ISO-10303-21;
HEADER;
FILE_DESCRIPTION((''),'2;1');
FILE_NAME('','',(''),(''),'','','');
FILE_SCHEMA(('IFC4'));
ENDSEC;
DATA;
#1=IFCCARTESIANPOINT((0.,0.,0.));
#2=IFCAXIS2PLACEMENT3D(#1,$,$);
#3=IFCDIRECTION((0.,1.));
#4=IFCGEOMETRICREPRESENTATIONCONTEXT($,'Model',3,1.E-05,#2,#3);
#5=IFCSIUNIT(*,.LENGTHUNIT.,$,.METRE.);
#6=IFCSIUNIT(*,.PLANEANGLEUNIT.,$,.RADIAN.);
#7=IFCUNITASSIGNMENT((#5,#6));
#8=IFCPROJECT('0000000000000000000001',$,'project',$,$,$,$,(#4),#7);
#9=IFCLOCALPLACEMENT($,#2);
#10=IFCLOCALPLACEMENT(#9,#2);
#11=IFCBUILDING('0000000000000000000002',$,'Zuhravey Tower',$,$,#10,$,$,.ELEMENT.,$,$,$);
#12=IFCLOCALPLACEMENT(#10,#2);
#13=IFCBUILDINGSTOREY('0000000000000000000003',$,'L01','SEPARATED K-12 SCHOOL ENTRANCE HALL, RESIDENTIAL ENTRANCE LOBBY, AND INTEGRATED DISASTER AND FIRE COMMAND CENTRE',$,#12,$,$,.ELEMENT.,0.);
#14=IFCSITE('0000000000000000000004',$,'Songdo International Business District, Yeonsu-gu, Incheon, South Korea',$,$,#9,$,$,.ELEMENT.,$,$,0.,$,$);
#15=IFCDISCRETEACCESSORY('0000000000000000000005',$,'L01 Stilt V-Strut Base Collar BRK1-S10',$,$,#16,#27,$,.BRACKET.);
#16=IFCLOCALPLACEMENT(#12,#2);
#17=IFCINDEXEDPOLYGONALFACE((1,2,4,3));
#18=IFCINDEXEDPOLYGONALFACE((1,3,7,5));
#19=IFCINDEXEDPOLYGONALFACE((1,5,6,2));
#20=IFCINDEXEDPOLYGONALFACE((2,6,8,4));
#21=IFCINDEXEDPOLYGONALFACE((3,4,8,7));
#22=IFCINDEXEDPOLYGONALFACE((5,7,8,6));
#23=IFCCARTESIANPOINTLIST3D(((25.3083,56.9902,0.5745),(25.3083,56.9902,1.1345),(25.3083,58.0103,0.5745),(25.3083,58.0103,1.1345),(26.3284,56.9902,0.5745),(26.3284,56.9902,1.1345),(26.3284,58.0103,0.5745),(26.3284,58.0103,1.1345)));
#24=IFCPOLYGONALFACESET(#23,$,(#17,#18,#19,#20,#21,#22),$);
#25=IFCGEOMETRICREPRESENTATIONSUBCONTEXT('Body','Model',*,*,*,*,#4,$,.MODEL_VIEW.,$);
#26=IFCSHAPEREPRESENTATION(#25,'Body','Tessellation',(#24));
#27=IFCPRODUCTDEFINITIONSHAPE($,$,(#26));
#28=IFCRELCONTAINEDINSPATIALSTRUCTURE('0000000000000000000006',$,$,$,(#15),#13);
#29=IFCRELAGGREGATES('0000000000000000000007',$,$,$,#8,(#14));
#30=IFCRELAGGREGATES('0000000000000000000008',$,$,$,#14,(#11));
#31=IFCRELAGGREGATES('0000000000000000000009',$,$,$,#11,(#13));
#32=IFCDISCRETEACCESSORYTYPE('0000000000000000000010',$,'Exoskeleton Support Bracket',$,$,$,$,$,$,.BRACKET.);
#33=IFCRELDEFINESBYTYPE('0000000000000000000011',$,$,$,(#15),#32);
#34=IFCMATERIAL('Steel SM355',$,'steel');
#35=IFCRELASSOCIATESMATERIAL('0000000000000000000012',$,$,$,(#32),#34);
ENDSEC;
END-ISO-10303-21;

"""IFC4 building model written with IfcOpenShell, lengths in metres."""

from ifc_helpers import new_model, si_unit, direction, frame, origin, origin_2d, place, context, subcontext, project, spatial, rectangle, extrude, material, type_object, element, save


model = new_model("IFC4")

# Units and contexts
model_context = context("Model", 3, precision=1e-05, world=origin(), true_north=direction((0.0, 1.0)))
body_context = subcontext(model_context, "Body", "Model", "MODEL_VIEW")
ifc_project = project(units=[si_unit("LENGTHUNIT", "METRE"), si_unit("PLANEANGLEUNIT", "RADIAN")], contexts=[model_context])

# Site, building, storey
site_placement = place(None, origin())
site = spatial("IfcSite", under=ifc_project, at=site_placement, Name="Songdo International Business District, Yeonsu-gu, Incheon, South Korea", CompositionType="ELEMENT", RefElevation=0.0)
building_placement = place(site_placement, origin())
building = spatial("IfcBuilding", under=site, at=building_placement, Name="Zuhravey Tower", CompositionType="ELEMENT")
storey_placement = place(building_placement, origin())
storey = spatial("IfcBuildingStorey", under=building, at=storey_placement, Name="L01", Description="SEPARATED K-12 SCHOOL ENTRANCE HALL, RESIDENTIAL ENTRANCE LOBBY, AND INTEGRATED DISASTER AND FIRE COMMAND CENTRE", CompositionType="ELEMENT", Elevation=0.0)

# Shared definitions
ifc_material_1 = material(Name="Steel SM355", Category="steel")

# Discrete accessory
discrete_accessory_type = type_object("IfcDiscreteAccessoryType", Name="Exoskeleton Support Bracket", PredefinedType="BRACKET", material=ifc_material_1)
for number, where, z_axis, x_axis, name in (
    (1, (25.8184, 57.5002, 0.5745), (0.0, 0.0, 1.0), (1.0, 0.0, 0.0), "L01 Stilt V-Strut Base Collar BRK1-S10"),
):
    element("IfcDiscreteAccessory", number, at=place(storey_placement, frame(where, z_axis=z_axis, x_axis=x_axis)), inside=storey, type_object=discrete_accessory_type, Name=name, PredefinedType="BRACKET", context=body_context, shape_type="SweptSolid", body=[
        extrude(rectangle(XDim=1.02, YDim=1.02, at=origin_2d()), origin(), (0.0, 0.0, 1.0), 0.5601),
    ])

save(model, "model.ifc")
